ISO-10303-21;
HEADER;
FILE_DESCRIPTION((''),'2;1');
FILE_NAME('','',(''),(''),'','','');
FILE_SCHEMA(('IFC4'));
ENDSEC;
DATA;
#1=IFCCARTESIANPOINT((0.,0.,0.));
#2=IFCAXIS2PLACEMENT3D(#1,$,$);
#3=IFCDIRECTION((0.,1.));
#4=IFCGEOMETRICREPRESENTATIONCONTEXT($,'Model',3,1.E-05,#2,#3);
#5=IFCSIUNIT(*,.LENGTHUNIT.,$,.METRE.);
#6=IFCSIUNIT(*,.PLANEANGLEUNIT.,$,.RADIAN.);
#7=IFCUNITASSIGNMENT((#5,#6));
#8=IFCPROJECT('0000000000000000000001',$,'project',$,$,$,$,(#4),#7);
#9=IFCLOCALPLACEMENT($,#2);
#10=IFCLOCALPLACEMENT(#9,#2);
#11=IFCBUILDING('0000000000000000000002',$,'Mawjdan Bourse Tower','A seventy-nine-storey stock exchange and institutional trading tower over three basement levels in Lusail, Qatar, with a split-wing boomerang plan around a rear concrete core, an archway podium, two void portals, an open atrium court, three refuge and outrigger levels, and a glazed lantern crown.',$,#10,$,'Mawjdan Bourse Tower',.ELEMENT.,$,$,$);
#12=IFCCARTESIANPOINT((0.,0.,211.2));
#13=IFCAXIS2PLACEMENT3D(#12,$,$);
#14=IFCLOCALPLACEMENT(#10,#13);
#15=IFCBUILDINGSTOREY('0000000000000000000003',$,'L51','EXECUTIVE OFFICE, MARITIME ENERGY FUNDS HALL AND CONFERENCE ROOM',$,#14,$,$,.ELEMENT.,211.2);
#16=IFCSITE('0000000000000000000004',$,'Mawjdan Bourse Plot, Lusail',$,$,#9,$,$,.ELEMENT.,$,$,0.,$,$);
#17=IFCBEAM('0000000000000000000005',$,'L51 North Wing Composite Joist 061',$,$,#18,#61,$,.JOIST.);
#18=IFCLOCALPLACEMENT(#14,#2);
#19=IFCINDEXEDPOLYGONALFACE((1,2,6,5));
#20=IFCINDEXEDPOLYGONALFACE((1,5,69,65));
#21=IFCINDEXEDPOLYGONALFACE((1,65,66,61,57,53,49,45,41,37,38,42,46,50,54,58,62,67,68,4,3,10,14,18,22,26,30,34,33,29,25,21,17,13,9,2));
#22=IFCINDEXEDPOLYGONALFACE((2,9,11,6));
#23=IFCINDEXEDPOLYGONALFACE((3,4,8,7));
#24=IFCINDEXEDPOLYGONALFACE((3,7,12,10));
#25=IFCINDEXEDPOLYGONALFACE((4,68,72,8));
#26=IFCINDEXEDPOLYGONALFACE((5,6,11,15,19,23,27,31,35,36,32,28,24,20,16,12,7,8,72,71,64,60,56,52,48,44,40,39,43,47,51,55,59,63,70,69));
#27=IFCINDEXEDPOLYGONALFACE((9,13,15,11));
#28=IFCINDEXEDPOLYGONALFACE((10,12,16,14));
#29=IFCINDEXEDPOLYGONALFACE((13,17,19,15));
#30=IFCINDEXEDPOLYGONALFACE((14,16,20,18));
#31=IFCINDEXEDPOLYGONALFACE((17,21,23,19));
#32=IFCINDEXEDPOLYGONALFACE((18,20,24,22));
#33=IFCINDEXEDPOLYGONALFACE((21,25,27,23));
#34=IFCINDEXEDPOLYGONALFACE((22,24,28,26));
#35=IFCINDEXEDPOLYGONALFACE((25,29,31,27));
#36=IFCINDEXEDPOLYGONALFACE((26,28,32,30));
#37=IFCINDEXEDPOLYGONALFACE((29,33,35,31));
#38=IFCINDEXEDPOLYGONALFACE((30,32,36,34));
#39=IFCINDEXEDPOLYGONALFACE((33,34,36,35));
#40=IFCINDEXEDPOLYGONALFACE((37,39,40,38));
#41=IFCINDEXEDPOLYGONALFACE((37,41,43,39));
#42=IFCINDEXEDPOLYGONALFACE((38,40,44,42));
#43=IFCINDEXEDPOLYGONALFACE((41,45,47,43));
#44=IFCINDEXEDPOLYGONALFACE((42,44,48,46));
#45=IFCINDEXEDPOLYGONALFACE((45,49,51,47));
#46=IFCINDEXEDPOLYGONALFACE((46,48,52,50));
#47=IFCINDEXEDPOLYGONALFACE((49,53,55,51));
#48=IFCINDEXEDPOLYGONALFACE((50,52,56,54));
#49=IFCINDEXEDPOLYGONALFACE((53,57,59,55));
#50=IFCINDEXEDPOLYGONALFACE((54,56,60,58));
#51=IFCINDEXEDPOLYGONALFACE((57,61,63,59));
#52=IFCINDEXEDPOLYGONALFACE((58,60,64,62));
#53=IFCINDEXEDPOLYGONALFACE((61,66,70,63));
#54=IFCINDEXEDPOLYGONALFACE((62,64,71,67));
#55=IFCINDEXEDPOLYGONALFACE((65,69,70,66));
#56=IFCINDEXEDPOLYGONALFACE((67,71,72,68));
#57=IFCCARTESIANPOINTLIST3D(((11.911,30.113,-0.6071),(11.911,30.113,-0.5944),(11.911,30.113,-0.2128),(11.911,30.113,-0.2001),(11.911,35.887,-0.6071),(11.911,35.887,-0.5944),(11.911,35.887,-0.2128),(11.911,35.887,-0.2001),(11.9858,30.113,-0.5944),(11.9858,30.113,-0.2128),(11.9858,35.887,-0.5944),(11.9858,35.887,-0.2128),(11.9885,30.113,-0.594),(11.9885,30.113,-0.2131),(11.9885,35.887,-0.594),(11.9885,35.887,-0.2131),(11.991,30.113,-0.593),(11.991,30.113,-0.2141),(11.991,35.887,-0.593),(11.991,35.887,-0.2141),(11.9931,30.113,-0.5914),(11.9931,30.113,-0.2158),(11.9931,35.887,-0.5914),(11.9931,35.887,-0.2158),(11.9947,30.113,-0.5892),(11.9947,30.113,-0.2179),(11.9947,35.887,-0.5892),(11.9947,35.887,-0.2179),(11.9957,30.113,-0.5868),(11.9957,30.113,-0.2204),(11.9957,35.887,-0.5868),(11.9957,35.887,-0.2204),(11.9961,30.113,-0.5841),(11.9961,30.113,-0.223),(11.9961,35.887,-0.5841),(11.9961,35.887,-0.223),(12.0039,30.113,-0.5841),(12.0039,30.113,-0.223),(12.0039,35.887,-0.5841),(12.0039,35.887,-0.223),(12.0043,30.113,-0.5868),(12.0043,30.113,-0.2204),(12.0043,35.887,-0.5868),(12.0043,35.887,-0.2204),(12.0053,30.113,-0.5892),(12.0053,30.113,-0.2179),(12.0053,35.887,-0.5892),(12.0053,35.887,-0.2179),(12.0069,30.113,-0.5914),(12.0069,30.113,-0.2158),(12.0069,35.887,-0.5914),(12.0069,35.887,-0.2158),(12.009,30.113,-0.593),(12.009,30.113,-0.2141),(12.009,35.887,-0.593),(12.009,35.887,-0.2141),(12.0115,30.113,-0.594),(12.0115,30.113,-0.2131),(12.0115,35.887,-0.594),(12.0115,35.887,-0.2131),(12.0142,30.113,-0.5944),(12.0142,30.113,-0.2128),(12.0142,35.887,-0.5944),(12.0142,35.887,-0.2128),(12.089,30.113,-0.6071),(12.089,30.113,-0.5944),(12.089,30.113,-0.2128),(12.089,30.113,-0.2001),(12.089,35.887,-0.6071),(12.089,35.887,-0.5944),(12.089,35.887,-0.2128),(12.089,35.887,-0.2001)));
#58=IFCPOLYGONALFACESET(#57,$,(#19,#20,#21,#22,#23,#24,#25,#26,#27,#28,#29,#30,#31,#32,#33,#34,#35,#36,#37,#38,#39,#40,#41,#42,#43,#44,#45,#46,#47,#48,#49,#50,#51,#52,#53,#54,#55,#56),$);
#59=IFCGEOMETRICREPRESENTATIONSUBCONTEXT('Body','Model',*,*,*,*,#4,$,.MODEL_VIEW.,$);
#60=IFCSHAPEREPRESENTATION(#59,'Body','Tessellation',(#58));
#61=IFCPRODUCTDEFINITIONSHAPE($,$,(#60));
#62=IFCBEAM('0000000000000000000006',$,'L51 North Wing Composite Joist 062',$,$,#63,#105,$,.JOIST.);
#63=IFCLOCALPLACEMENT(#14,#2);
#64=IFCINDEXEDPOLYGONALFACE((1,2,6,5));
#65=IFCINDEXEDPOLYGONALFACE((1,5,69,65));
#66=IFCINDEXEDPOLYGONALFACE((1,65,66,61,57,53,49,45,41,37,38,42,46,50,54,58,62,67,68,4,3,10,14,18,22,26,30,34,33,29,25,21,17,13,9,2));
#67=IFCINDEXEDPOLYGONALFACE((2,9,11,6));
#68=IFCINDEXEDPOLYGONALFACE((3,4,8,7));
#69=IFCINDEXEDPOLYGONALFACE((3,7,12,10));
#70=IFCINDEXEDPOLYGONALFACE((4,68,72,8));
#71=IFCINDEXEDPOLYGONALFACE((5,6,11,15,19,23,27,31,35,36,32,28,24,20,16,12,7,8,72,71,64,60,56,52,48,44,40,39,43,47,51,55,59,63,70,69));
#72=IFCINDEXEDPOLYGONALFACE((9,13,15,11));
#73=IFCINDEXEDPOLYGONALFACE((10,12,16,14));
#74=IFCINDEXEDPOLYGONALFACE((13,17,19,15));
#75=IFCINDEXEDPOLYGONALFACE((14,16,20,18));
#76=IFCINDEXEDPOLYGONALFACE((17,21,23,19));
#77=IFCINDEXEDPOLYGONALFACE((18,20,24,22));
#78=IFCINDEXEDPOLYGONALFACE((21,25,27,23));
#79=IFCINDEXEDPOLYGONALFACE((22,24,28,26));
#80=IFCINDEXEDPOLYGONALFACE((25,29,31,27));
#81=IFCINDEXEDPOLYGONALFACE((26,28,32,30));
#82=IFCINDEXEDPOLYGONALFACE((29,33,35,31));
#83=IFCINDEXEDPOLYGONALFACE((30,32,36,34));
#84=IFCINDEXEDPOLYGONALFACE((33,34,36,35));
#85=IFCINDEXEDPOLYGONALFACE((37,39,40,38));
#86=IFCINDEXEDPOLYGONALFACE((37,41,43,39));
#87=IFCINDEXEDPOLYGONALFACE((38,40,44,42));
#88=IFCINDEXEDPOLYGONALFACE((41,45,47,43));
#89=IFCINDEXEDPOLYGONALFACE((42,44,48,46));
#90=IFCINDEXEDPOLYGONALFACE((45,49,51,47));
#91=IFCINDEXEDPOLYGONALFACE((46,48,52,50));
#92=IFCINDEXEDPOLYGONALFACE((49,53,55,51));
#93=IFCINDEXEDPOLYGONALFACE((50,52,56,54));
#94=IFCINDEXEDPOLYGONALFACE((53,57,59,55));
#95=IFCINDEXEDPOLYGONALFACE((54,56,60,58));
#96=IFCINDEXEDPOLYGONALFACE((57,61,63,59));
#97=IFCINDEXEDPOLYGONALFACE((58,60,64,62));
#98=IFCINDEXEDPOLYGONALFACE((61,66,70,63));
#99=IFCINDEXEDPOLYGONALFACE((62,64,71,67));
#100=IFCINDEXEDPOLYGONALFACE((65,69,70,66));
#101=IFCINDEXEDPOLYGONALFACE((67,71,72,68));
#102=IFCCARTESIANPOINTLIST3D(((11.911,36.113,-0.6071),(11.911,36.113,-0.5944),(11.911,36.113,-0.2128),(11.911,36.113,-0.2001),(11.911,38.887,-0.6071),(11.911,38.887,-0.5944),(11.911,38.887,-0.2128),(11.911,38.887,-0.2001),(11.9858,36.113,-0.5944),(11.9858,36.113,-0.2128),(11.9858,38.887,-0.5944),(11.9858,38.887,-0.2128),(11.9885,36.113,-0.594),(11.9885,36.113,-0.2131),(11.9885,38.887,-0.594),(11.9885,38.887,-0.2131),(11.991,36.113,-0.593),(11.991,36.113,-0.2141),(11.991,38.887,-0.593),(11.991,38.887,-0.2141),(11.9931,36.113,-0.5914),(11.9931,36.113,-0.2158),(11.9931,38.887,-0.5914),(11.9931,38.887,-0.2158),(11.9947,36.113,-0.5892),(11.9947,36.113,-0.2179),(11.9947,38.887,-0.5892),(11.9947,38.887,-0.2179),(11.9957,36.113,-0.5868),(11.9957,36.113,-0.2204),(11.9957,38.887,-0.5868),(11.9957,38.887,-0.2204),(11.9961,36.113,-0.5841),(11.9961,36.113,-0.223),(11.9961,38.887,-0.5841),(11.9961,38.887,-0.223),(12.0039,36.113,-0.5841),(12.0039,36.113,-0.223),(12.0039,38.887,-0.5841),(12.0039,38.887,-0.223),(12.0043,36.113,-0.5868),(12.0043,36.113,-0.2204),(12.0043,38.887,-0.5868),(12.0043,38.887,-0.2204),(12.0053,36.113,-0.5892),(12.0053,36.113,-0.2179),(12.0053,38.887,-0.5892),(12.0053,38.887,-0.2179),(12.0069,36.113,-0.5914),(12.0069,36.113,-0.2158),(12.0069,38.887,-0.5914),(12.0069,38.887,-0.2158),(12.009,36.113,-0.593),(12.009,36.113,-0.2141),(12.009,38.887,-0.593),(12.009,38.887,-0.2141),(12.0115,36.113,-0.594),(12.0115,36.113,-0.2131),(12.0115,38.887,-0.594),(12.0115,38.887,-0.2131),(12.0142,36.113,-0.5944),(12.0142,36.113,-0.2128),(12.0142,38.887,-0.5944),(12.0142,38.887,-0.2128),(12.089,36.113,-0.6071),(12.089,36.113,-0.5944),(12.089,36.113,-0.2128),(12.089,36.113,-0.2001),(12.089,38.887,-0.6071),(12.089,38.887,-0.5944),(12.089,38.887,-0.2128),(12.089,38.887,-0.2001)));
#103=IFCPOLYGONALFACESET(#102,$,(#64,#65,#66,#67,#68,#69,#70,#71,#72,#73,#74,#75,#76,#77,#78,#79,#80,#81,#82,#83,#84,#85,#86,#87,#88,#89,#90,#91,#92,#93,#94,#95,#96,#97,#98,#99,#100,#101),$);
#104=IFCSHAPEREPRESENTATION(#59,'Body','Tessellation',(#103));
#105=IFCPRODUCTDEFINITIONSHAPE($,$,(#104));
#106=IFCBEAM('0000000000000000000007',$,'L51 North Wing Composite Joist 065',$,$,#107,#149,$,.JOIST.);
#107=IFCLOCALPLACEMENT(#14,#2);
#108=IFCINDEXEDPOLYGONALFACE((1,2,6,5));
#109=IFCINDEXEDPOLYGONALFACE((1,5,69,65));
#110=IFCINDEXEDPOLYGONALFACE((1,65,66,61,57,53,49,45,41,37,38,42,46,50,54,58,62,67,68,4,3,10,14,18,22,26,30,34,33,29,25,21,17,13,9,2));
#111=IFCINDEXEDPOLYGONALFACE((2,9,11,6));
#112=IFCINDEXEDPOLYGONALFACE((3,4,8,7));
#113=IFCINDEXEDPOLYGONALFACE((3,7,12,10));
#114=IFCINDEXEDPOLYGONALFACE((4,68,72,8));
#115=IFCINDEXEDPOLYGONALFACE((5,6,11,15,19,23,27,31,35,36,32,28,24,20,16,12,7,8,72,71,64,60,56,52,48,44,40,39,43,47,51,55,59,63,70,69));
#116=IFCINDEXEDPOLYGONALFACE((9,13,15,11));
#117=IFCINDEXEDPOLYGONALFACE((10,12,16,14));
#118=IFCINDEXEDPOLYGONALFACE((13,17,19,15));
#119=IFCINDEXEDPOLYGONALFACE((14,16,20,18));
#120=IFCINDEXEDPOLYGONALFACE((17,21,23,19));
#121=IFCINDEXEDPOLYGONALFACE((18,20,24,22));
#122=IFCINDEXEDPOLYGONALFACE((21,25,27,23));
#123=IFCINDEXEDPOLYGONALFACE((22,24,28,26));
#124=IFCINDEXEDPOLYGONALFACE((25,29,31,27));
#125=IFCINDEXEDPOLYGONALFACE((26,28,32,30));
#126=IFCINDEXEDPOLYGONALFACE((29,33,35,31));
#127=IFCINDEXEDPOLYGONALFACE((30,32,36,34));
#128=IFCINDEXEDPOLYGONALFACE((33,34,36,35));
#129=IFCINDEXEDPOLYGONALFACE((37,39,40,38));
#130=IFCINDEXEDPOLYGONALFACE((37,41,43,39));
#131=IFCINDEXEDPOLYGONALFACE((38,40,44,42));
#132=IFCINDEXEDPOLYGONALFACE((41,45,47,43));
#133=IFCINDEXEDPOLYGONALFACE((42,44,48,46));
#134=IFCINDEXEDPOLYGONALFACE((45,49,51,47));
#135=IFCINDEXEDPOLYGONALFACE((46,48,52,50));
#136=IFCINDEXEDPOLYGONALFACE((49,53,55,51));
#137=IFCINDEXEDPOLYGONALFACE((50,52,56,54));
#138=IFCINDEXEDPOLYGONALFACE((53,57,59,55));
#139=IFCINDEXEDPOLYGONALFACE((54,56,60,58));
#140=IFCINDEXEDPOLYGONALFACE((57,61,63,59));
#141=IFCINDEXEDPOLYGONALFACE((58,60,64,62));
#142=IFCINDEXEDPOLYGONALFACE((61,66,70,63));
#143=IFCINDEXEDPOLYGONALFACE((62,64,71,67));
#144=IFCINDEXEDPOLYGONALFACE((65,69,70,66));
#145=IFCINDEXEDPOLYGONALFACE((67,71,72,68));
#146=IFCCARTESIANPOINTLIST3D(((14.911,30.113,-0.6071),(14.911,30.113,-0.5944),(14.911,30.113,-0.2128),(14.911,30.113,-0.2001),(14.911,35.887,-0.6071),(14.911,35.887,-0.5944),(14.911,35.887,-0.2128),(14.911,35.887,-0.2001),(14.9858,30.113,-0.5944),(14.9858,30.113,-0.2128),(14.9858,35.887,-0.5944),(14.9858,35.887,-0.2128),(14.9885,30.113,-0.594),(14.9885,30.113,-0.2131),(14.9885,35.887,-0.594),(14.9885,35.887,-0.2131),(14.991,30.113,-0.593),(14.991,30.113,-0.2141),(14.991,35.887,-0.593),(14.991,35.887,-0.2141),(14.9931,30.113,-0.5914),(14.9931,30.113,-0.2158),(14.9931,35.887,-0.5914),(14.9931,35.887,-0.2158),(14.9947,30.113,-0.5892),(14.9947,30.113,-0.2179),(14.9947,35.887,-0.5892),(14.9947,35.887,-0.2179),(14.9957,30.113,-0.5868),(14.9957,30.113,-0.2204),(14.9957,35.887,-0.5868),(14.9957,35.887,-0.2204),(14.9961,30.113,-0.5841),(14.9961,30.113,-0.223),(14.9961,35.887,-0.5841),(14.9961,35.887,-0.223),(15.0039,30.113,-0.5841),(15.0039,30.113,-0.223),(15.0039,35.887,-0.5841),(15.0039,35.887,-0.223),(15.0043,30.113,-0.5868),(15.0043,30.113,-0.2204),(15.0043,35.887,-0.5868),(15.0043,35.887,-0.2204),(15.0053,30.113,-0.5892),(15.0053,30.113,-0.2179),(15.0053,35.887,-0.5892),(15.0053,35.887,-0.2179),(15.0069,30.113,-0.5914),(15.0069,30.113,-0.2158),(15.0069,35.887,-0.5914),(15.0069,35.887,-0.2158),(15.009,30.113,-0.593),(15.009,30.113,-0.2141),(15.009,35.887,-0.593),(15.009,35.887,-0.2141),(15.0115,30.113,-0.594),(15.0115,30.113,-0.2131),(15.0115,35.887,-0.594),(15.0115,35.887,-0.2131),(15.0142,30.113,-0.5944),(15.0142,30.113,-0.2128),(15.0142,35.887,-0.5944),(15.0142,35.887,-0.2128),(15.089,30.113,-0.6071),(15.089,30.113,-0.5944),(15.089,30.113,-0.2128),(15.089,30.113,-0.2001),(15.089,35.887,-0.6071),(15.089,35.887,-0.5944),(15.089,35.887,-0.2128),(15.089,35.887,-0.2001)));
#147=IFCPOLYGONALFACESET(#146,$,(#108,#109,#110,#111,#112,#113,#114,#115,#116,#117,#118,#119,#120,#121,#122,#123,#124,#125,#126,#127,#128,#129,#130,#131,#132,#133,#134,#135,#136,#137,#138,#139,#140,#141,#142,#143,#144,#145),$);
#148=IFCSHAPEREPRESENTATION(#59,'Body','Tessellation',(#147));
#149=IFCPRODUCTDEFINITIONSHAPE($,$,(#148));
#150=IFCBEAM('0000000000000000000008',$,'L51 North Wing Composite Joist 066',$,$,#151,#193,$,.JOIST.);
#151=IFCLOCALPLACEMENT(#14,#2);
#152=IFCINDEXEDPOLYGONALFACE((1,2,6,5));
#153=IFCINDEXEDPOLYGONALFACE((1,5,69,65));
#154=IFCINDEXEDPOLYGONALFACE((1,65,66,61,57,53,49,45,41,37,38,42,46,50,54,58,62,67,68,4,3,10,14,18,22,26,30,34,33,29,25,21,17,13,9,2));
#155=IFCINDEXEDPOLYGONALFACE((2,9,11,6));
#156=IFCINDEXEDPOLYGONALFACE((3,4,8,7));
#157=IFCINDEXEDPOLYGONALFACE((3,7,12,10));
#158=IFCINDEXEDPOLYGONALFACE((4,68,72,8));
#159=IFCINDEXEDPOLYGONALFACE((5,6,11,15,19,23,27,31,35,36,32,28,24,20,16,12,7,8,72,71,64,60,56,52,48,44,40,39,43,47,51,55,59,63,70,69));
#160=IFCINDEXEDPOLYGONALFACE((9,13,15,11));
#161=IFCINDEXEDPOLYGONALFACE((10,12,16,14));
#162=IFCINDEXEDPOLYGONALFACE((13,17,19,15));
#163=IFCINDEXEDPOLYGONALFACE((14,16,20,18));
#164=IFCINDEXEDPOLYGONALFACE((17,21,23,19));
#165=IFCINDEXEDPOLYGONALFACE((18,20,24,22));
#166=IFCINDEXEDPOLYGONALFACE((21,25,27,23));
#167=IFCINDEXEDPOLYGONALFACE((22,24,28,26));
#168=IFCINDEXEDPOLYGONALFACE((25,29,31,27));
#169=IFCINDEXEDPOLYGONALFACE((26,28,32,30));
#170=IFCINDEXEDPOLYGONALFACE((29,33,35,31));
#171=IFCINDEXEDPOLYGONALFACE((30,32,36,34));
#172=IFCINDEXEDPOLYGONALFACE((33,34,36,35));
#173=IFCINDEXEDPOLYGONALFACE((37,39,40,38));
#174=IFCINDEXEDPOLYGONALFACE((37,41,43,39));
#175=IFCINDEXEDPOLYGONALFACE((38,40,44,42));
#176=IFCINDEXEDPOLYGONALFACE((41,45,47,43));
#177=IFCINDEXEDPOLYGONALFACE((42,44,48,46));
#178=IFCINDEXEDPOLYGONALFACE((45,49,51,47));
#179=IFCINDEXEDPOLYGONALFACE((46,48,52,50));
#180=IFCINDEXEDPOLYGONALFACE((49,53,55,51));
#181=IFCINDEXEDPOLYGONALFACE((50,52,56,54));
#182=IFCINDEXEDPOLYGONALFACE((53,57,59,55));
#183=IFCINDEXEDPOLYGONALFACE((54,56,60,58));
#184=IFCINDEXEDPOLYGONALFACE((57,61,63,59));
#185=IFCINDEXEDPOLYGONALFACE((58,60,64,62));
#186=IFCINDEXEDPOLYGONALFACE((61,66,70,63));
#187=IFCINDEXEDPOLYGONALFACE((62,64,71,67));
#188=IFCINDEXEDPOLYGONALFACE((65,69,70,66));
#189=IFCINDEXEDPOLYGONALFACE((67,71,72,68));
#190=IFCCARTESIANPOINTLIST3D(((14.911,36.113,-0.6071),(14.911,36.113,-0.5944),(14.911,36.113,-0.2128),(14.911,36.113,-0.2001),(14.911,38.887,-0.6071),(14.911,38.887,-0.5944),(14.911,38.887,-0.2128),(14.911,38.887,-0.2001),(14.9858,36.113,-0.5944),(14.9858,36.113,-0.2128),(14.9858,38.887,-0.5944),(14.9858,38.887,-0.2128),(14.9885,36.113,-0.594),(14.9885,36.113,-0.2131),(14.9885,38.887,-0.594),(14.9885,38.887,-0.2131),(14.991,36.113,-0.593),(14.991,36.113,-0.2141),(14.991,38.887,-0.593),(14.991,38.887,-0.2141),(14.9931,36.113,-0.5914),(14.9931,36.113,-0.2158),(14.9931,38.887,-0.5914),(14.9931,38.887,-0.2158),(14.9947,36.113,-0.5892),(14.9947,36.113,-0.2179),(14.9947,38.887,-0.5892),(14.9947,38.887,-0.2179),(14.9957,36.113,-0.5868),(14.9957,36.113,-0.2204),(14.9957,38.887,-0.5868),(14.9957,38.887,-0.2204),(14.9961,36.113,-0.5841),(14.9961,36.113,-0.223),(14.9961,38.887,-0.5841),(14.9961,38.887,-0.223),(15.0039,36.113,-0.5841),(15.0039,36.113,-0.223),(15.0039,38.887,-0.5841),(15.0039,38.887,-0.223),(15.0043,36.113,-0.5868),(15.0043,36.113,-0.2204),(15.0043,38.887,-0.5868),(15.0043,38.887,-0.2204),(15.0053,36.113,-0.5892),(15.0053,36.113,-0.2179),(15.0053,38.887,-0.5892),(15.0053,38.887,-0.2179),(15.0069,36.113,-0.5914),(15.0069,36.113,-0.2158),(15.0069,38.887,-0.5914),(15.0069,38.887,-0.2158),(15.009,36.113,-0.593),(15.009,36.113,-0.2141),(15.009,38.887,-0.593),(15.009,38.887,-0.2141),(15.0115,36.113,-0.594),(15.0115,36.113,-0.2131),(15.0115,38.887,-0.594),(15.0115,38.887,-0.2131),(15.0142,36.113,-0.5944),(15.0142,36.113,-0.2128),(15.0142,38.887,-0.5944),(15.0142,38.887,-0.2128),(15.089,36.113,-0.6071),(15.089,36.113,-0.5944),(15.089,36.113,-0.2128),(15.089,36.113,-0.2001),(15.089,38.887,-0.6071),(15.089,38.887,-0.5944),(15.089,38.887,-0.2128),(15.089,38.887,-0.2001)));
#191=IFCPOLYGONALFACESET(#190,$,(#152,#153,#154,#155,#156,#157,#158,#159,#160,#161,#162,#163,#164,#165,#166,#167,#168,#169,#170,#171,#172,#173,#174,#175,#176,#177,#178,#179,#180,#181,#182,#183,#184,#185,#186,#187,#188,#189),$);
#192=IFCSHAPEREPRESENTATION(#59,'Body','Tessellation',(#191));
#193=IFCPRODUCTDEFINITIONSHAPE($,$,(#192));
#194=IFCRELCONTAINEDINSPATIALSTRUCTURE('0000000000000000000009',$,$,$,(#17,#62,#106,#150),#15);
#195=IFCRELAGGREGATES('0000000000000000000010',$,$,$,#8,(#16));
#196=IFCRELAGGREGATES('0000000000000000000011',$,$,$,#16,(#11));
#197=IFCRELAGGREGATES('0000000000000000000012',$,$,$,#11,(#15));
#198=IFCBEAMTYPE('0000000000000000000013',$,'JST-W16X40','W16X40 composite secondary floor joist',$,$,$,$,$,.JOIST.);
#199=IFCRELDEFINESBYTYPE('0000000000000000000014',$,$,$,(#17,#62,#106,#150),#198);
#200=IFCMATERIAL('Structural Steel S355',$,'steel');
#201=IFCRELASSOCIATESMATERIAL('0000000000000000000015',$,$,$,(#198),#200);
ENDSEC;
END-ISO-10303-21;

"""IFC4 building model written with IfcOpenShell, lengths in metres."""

from ifc_helpers import new_model, si_unit, direction, frame, origin, origin_2d, place, context, subcontext, project, spatial, i_section, extrude, material, material_profile, profile_set, type_object, element, save


model = new_model("IFC4")

# Units and contexts
model_context = context("Model", 3, precision=1e-05, world=origin(), true_north=direction((0.0, 1.0)))
body_context = subcontext(model_context, "Body", "Model", "MODEL_VIEW")
ifc_project = project(units=[si_unit("LENGTHUNIT", "METRE"), si_unit("PLANEANGLEUNIT", "RADIAN")], contexts=[model_context])

# Site, building, storey
site_placement = place(None, origin())
site = spatial("IfcSite", under=ifc_project, at=site_placement, Name="Mawjdan Bourse Plot, Lusail", CompositionType="ELEMENT", RefElevation=0.0)
building_placement = place(site_placement, origin())
building = spatial("IfcBuilding", under=site, at=building_placement, Name="Mawjdan Bourse Tower", Description="A seventy-nine-storey stock exchange and institutional trading tower over three basement levels in Lusail, Qatar, with a split-wing boomerang plan around a rear concrete core, an archway podium, two void portals, an open atrium court, three refuge and outrigger levels, and a glazed lantern crown.", LongName="Mawjdan Bourse Tower", CompositionType="ELEMENT")
storey_placement = place(building_placement, frame((0.0, 0.0, 211.2)))
storey = spatial("IfcBuildingStorey", under=building, at=storey_placement, Name="L51", Description="EXECUTIVE OFFICE, MARITIME ENERGY FUNDS HALL AND CONFERENCE ROOM", CompositionType="ELEMENT", Elevation=211.2)

# Beams
ifc_material_1 = material(Name="Structural Steel S355", Category="steel")
ifc_material_profile_1 = material_profile(ifc_material_1, i_section(OverallWidth=0.178, OverallDepth=0.407, WebThickness=0.0078, FlangeThickness=0.0127, FilletRadius=0.0103, at=origin_2d()), Name="W16X40")
ifc_profile_set_1 = profile_set([ifc_material_profile_1], Name="Structural Steel S355")
beam_type_1 = type_object("IfcBeamType", Name="JST-W16X40", Description="W16X40 composite secondary floor joist", PredefinedType="JOIST", material=ifc_profile_set_1)
beam_1_placement = place(storey_placement, frame((12.0, 30.113, -0.4036), z_axis=(0.0, 1.0, 0.0), x_axis=(-1.0, 0.0, 0.0)))
element("IfcBeam", 1, at=beam_1_placement, inside=storey, type_object=beam_type_1, Name="L51 North Wing Composite Joist 061", PredefinedType="JOIST", context=body_context, shape_type="SweptSolid", body=[
    extrude(i_section(OverallWidth=0.178, OverallDepth=0.407, WebThickness=0.0078, FlangeThickness=0.0127, FilletRadius=0.0103, at=origin_2d()), origin(), (0.0, 0.0, 1.0), 5.7739),
])
beam_2_placement = place(storey_placement, frame((12.0, 36.113, -0.4036), z_axis=(0.0, 1.0, 0.0), x_axis=(-1.0, 0.0, 0.0)))
element("IfcBeam", 2, at=beam_2_placement, inside=storey, type_object=beam_type_1, Name="L51 North Wing Composite Joist 062", PredefinedType="JOIST", context=body_context, shape_type="SweptSolid", body=[
    extrude(i_section(OverallWidth=0.178, OverallDepth=0.407, WebThickness=0.0078, FlangeThickness=0.0127, FilletRadius=0.0103, at=origin_2d()), origin(), (0.0, 0.0, 1.0), 2.7739),
])
beam_3_placement = place(storey_placement, frame((15.0, 30.113, -0.4036), z_axis=(0.0, 1.0, 0.0), x_axis=(-1.0, 0.0, 0.0)))
element("IfcBeam", 3, at=beam_3_placement, inside=storey, type_object=beam_type_1, Name="L51 North Wing Composite Joist 065", PredefinedType="JOIST", context=body_context, shape_type="SweptSolid", body=[
    extrude(i_section(OverallWidth=0.178, OverallDepth=0.407, WebThickness=0.0078, FlangeThickness=0.0127, FilletRadius=0.0103, at=origin_2d()), origin(), (0.0, 0.0, 1.0), 5.7739),
])
beam_4_placement = place(storey_placement, frame((15.0, 36.113, -0.4036), z_axis=(0.0, 1.0, 0.0), x_axis=(-1.0, 0.0, 0.0)))
element("IfcBeam", 4, at=beam_4_placement, inside=storey, type_object=beam_type_1, Name="L51 North Wing Composite Joist 066", PredefinedType="JOIST", context=body_context, shape_type="SweptSolid", body=[
    extrude(i_section(OverallWidth=0.178, OverallDepth=0.407, WebThickness=0.0078, FlangeThickness=0.0127, FilletRadius=0.0103, at=origin_2d()), origin(), (0.0, 0.0, 1.0), 2.7739),
])

save(model, "model.ifc")
